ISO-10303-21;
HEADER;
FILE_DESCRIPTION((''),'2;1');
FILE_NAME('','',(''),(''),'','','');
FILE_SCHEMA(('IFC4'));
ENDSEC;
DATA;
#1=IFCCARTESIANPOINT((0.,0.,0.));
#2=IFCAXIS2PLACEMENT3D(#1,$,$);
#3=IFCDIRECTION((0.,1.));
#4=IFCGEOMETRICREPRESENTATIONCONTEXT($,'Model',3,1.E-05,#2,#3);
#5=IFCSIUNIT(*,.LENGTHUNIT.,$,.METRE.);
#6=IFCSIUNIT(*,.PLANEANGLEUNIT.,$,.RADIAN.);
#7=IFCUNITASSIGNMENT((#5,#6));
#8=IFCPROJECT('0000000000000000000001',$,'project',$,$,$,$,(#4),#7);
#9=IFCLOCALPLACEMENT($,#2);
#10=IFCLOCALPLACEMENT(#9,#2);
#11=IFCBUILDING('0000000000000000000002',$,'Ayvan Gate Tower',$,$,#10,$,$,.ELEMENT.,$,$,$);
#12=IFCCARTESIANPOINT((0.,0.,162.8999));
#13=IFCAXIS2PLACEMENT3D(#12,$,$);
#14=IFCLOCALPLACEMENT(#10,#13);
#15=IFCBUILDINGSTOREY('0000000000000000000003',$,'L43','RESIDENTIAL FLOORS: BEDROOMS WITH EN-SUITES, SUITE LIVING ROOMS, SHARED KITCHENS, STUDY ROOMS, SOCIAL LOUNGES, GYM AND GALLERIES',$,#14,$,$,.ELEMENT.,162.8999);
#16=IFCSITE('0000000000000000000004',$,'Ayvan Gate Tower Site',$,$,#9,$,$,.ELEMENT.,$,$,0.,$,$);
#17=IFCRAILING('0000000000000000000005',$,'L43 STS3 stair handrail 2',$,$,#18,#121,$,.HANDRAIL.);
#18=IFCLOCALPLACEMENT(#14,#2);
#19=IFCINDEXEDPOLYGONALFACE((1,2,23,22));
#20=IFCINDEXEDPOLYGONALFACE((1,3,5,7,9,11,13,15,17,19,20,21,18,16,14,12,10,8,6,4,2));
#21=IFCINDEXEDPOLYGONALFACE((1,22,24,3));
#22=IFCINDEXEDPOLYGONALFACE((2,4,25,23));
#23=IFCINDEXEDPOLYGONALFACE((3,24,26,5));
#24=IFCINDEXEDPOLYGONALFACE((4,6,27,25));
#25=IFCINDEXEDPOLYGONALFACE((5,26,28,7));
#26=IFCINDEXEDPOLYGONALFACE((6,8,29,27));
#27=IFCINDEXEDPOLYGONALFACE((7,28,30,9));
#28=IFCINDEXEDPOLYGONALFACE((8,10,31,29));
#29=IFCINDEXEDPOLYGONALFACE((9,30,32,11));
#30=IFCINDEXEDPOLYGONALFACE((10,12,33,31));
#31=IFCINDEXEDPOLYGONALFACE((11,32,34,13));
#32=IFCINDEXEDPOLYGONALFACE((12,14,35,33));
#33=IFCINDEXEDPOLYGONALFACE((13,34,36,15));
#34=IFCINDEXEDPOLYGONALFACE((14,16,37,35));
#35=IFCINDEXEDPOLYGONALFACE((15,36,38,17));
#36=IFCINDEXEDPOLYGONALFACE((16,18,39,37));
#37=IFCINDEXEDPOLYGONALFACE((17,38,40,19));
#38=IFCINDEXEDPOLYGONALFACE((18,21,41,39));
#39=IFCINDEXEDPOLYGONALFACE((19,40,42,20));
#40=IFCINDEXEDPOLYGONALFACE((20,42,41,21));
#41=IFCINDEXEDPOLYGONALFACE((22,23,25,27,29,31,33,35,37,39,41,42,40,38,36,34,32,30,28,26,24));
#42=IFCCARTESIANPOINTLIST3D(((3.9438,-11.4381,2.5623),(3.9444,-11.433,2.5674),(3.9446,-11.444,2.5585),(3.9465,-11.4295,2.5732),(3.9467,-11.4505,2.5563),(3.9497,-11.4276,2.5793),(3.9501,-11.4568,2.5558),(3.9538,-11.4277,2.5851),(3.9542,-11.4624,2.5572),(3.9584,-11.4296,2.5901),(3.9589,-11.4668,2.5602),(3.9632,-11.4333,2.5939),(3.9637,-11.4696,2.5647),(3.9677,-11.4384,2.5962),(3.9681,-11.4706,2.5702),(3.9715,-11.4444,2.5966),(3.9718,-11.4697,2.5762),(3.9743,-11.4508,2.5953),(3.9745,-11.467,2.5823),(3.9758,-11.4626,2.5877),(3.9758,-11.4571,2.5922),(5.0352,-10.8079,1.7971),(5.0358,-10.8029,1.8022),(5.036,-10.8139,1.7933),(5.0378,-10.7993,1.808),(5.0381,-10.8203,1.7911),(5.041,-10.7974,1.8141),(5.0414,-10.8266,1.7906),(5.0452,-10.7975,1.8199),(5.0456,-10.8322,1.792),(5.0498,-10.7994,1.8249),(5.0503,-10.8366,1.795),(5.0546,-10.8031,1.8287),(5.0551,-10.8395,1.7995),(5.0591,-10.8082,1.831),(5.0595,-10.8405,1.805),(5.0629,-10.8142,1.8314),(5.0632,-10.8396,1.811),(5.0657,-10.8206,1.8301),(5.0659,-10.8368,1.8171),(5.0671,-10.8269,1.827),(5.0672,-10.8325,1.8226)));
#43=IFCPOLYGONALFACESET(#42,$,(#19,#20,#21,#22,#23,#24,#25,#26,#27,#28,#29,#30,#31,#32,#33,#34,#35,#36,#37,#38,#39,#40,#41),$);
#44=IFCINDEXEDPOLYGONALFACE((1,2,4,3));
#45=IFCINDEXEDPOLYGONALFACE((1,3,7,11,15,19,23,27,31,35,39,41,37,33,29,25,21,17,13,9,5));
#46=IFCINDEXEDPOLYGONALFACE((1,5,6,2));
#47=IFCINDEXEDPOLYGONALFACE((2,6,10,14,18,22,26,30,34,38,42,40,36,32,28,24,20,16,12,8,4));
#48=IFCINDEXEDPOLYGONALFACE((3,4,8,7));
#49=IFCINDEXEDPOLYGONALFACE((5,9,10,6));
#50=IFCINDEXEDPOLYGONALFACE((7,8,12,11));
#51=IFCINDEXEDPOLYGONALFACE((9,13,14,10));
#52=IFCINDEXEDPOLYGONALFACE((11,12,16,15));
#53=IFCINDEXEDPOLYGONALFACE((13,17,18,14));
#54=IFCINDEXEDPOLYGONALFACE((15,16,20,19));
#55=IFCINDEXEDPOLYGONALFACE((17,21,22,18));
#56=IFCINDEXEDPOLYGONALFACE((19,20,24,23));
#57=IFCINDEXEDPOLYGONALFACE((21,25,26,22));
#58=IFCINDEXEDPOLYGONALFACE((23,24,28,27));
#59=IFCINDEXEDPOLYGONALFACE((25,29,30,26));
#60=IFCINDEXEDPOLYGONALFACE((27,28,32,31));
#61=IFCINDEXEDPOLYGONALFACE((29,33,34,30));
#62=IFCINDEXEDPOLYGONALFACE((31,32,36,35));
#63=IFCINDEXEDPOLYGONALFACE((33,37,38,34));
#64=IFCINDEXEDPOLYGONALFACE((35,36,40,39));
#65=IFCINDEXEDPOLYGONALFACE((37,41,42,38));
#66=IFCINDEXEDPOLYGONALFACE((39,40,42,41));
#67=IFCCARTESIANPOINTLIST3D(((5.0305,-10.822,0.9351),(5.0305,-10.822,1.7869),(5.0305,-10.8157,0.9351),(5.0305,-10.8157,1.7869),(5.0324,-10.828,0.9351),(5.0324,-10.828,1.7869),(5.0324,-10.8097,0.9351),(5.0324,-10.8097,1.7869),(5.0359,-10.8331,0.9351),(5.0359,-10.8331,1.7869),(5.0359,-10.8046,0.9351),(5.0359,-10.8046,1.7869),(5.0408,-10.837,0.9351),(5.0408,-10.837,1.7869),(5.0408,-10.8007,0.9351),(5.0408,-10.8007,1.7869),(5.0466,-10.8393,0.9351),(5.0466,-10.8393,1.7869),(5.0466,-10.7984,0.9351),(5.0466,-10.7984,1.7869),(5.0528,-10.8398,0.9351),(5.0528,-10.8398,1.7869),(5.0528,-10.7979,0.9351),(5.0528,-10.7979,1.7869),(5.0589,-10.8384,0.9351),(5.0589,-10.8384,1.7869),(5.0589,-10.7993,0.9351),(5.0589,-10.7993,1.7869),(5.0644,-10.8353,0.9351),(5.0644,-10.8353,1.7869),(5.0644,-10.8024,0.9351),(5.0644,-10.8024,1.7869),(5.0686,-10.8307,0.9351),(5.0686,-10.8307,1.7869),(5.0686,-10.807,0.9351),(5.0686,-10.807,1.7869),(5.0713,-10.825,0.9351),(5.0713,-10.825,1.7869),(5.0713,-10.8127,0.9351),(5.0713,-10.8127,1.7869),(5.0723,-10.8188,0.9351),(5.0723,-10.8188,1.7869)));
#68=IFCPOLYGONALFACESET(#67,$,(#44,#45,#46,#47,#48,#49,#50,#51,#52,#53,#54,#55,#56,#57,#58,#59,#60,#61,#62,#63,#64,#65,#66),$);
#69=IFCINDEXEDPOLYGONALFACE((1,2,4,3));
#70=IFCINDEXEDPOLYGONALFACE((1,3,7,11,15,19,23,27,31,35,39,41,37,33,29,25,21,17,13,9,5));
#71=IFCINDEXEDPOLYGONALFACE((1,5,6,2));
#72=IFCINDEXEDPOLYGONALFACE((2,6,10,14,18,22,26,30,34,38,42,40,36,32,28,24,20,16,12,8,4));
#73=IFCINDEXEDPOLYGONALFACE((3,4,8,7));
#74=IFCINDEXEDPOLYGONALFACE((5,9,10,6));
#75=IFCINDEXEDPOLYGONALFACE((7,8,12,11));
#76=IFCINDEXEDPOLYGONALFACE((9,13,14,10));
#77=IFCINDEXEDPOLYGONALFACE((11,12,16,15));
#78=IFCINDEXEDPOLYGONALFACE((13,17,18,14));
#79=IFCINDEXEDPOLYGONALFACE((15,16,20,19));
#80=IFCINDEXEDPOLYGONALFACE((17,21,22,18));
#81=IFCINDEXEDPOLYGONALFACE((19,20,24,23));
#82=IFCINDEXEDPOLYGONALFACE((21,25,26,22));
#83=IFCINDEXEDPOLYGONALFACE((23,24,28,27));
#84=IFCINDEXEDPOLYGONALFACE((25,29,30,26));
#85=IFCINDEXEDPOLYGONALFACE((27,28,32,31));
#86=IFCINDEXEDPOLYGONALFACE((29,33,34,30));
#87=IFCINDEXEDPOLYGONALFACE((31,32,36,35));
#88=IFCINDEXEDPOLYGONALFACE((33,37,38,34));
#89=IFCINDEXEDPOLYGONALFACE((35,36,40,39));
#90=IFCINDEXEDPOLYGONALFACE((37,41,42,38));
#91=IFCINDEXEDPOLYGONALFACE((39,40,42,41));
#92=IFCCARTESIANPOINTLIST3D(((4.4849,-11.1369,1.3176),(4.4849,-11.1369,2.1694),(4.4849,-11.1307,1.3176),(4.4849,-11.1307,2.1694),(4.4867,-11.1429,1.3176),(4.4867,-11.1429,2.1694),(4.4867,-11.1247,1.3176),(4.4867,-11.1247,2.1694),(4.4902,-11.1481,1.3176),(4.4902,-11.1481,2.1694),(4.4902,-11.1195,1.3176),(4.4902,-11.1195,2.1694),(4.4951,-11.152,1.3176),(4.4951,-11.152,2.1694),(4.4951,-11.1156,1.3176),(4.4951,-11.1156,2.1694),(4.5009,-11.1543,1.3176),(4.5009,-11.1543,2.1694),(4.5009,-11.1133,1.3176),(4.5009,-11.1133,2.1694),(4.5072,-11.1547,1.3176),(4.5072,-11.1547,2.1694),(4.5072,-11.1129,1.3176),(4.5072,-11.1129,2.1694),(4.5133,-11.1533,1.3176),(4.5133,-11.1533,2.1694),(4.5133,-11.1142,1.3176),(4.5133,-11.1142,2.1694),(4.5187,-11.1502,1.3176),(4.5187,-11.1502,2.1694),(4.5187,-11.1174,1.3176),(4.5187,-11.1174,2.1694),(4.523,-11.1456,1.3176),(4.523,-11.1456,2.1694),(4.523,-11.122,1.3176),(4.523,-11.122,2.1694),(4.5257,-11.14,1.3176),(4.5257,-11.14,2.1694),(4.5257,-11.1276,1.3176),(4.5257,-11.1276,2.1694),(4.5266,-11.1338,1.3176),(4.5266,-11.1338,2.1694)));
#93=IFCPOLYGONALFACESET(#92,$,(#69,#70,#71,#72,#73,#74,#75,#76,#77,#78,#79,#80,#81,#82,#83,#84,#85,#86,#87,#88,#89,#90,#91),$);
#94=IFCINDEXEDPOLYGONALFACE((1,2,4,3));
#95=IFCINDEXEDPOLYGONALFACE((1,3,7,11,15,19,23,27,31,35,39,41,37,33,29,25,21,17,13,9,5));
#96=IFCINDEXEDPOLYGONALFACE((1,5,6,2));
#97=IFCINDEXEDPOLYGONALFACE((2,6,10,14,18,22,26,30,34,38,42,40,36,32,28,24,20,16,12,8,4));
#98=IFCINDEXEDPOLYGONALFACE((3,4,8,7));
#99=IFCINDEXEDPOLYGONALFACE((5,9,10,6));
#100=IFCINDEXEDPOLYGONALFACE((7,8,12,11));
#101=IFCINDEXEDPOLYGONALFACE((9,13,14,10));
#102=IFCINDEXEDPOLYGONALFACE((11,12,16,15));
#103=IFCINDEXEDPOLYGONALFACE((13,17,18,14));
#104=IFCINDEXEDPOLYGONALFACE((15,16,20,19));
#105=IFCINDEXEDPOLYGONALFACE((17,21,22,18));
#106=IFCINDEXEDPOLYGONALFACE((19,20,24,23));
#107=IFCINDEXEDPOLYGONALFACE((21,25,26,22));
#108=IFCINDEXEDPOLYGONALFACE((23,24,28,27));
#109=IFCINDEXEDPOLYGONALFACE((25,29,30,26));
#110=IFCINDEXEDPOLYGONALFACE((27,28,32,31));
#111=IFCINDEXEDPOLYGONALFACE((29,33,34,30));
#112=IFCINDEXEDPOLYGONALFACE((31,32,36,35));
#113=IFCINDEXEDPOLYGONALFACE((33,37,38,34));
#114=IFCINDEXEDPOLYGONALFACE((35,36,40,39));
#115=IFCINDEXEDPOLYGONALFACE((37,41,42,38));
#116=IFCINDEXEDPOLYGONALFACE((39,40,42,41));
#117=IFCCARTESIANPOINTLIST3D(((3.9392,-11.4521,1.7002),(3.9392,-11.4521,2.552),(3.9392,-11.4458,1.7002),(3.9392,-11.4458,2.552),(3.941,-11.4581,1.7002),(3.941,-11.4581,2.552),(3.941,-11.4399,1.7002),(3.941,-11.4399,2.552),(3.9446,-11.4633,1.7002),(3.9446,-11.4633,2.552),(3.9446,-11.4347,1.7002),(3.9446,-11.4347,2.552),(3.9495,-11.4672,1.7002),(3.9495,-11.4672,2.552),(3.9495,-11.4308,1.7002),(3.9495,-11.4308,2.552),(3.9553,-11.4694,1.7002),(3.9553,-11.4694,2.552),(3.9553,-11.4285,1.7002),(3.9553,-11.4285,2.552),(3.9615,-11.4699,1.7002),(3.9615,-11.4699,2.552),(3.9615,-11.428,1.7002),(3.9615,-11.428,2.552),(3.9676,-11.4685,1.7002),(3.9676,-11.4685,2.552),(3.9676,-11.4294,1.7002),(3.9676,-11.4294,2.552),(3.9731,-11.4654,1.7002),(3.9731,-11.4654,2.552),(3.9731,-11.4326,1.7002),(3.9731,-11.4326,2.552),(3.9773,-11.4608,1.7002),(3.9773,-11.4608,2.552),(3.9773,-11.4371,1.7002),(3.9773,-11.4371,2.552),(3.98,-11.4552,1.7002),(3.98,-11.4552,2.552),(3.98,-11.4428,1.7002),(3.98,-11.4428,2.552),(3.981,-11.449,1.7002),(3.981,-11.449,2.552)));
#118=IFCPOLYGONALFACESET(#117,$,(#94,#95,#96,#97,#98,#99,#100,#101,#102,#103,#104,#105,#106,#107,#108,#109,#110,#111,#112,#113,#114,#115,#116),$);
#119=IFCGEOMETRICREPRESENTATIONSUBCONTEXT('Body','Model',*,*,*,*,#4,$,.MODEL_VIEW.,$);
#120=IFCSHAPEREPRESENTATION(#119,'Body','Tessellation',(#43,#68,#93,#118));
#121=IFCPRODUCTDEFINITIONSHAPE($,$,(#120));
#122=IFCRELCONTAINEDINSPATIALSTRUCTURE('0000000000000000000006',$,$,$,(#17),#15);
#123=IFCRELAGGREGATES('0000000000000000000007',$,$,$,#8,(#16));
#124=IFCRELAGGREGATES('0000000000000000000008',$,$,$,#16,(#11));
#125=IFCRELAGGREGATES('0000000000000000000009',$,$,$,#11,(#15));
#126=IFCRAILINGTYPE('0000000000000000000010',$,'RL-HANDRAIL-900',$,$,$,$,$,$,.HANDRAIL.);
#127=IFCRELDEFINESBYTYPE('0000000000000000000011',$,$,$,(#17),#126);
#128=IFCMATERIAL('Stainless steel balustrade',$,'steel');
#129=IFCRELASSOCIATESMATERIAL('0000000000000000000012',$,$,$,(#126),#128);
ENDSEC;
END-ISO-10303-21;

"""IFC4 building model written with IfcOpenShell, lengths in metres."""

from ifc_helpers import new_model, si_unit, direction, frame, origin, origin_2d, place, context, subcontext, project, spatial, circle, extrude, material, type_object, element, save


model = new_model("IFC4")

# Units and contexts
model_context = context("Model", 3, precision=1e-05, world=origin(), true_north=direction((0.0, 1.0)))
body_context = subcontext(model_context, "Body", "Model", "MODEL_VIEW")
ifc_project = project(units=[si_unit("LENGTHUNIT", "METRE"), si_unit("PLANEANGLEUNIT", "RADIAN")], contexts=[model_context])

# Site, building, storey
site_placement = place(None, origin())
site = spatial("IfcSite", under=ifc_project, at=site_placement, Name="Ayvan Gate Tower Site", CompositionType="ELEMENT", RefElevation=0.0)
building_placement = place(site_placement, origin())
building = spatial("IfcBuilding", under=site, at=building_placement, Name="Ayvan Gate Tower", CompositionType="ELEMENT")
storey_placement = place(building_placement, frame((0.0, 0.0, 162.8999)))
storey = spatial("IfcBuildingStorey", under=building, at=storey_placement, Name="L43", Description="RESIDENTIAL FLOORS: BEDROOMS WITH EN-SUITES, SUITE LIVING ROOMS, SHARED KITCHENS, STUDY ROOMS, SOCIAL LOUNGES, GYM AND GALLERIES", CompositionType="ELEMENT", Elevation=162.8999)

# Railing
ifc_material_1 = material(Name="Stainless steel balustrade", Category="steel")
railing_type_1 = type_object("IfcRailingType", Name="RL-HANDRAIL-900", PredefinedType="HANDRAIL", material=ifc_material_1)
railing_1_placement = place(storey_placement, frame((5.0513, -10.8188, 0.9351)))
element("IfcRailing", 1, at=railing_1_placement, inside=storey, type_object=railing_type_1, Name="L43 STS3 stair handrail 2", PredefinedType="HANDRAIL", context=body_context, shape_type="SweptSolid", body=[
    extrude(circle(Radius=0.0239, at=origin_2d()), frame((0.0, 0.0, 0.876), z_axis=(-0.740241, -0.427419, 0.518996), x_axis=(0.500035, -0.866005, 0.0)), (0.0, 0.0, 1.0), 1.4744),
    extrude(circle(Radius=0.021, at=origin_2d()), origin(), (0.0, 0.0, 1.0), 0.8518),
    extrude(circle(Radius=0.021, at=origin_2d()), frame((-0.5457, -0.3149, 0.3826)), (0.0, 0.0, 1.0), 0.8518),
    extrude(circle(Radius=0.021, at=origin_2d()), frame((-1.0913, -0.6301, 0.7651)), (0.0, 0.0, 1.0), 0.8518),
])

save(model, "model.ifc")
